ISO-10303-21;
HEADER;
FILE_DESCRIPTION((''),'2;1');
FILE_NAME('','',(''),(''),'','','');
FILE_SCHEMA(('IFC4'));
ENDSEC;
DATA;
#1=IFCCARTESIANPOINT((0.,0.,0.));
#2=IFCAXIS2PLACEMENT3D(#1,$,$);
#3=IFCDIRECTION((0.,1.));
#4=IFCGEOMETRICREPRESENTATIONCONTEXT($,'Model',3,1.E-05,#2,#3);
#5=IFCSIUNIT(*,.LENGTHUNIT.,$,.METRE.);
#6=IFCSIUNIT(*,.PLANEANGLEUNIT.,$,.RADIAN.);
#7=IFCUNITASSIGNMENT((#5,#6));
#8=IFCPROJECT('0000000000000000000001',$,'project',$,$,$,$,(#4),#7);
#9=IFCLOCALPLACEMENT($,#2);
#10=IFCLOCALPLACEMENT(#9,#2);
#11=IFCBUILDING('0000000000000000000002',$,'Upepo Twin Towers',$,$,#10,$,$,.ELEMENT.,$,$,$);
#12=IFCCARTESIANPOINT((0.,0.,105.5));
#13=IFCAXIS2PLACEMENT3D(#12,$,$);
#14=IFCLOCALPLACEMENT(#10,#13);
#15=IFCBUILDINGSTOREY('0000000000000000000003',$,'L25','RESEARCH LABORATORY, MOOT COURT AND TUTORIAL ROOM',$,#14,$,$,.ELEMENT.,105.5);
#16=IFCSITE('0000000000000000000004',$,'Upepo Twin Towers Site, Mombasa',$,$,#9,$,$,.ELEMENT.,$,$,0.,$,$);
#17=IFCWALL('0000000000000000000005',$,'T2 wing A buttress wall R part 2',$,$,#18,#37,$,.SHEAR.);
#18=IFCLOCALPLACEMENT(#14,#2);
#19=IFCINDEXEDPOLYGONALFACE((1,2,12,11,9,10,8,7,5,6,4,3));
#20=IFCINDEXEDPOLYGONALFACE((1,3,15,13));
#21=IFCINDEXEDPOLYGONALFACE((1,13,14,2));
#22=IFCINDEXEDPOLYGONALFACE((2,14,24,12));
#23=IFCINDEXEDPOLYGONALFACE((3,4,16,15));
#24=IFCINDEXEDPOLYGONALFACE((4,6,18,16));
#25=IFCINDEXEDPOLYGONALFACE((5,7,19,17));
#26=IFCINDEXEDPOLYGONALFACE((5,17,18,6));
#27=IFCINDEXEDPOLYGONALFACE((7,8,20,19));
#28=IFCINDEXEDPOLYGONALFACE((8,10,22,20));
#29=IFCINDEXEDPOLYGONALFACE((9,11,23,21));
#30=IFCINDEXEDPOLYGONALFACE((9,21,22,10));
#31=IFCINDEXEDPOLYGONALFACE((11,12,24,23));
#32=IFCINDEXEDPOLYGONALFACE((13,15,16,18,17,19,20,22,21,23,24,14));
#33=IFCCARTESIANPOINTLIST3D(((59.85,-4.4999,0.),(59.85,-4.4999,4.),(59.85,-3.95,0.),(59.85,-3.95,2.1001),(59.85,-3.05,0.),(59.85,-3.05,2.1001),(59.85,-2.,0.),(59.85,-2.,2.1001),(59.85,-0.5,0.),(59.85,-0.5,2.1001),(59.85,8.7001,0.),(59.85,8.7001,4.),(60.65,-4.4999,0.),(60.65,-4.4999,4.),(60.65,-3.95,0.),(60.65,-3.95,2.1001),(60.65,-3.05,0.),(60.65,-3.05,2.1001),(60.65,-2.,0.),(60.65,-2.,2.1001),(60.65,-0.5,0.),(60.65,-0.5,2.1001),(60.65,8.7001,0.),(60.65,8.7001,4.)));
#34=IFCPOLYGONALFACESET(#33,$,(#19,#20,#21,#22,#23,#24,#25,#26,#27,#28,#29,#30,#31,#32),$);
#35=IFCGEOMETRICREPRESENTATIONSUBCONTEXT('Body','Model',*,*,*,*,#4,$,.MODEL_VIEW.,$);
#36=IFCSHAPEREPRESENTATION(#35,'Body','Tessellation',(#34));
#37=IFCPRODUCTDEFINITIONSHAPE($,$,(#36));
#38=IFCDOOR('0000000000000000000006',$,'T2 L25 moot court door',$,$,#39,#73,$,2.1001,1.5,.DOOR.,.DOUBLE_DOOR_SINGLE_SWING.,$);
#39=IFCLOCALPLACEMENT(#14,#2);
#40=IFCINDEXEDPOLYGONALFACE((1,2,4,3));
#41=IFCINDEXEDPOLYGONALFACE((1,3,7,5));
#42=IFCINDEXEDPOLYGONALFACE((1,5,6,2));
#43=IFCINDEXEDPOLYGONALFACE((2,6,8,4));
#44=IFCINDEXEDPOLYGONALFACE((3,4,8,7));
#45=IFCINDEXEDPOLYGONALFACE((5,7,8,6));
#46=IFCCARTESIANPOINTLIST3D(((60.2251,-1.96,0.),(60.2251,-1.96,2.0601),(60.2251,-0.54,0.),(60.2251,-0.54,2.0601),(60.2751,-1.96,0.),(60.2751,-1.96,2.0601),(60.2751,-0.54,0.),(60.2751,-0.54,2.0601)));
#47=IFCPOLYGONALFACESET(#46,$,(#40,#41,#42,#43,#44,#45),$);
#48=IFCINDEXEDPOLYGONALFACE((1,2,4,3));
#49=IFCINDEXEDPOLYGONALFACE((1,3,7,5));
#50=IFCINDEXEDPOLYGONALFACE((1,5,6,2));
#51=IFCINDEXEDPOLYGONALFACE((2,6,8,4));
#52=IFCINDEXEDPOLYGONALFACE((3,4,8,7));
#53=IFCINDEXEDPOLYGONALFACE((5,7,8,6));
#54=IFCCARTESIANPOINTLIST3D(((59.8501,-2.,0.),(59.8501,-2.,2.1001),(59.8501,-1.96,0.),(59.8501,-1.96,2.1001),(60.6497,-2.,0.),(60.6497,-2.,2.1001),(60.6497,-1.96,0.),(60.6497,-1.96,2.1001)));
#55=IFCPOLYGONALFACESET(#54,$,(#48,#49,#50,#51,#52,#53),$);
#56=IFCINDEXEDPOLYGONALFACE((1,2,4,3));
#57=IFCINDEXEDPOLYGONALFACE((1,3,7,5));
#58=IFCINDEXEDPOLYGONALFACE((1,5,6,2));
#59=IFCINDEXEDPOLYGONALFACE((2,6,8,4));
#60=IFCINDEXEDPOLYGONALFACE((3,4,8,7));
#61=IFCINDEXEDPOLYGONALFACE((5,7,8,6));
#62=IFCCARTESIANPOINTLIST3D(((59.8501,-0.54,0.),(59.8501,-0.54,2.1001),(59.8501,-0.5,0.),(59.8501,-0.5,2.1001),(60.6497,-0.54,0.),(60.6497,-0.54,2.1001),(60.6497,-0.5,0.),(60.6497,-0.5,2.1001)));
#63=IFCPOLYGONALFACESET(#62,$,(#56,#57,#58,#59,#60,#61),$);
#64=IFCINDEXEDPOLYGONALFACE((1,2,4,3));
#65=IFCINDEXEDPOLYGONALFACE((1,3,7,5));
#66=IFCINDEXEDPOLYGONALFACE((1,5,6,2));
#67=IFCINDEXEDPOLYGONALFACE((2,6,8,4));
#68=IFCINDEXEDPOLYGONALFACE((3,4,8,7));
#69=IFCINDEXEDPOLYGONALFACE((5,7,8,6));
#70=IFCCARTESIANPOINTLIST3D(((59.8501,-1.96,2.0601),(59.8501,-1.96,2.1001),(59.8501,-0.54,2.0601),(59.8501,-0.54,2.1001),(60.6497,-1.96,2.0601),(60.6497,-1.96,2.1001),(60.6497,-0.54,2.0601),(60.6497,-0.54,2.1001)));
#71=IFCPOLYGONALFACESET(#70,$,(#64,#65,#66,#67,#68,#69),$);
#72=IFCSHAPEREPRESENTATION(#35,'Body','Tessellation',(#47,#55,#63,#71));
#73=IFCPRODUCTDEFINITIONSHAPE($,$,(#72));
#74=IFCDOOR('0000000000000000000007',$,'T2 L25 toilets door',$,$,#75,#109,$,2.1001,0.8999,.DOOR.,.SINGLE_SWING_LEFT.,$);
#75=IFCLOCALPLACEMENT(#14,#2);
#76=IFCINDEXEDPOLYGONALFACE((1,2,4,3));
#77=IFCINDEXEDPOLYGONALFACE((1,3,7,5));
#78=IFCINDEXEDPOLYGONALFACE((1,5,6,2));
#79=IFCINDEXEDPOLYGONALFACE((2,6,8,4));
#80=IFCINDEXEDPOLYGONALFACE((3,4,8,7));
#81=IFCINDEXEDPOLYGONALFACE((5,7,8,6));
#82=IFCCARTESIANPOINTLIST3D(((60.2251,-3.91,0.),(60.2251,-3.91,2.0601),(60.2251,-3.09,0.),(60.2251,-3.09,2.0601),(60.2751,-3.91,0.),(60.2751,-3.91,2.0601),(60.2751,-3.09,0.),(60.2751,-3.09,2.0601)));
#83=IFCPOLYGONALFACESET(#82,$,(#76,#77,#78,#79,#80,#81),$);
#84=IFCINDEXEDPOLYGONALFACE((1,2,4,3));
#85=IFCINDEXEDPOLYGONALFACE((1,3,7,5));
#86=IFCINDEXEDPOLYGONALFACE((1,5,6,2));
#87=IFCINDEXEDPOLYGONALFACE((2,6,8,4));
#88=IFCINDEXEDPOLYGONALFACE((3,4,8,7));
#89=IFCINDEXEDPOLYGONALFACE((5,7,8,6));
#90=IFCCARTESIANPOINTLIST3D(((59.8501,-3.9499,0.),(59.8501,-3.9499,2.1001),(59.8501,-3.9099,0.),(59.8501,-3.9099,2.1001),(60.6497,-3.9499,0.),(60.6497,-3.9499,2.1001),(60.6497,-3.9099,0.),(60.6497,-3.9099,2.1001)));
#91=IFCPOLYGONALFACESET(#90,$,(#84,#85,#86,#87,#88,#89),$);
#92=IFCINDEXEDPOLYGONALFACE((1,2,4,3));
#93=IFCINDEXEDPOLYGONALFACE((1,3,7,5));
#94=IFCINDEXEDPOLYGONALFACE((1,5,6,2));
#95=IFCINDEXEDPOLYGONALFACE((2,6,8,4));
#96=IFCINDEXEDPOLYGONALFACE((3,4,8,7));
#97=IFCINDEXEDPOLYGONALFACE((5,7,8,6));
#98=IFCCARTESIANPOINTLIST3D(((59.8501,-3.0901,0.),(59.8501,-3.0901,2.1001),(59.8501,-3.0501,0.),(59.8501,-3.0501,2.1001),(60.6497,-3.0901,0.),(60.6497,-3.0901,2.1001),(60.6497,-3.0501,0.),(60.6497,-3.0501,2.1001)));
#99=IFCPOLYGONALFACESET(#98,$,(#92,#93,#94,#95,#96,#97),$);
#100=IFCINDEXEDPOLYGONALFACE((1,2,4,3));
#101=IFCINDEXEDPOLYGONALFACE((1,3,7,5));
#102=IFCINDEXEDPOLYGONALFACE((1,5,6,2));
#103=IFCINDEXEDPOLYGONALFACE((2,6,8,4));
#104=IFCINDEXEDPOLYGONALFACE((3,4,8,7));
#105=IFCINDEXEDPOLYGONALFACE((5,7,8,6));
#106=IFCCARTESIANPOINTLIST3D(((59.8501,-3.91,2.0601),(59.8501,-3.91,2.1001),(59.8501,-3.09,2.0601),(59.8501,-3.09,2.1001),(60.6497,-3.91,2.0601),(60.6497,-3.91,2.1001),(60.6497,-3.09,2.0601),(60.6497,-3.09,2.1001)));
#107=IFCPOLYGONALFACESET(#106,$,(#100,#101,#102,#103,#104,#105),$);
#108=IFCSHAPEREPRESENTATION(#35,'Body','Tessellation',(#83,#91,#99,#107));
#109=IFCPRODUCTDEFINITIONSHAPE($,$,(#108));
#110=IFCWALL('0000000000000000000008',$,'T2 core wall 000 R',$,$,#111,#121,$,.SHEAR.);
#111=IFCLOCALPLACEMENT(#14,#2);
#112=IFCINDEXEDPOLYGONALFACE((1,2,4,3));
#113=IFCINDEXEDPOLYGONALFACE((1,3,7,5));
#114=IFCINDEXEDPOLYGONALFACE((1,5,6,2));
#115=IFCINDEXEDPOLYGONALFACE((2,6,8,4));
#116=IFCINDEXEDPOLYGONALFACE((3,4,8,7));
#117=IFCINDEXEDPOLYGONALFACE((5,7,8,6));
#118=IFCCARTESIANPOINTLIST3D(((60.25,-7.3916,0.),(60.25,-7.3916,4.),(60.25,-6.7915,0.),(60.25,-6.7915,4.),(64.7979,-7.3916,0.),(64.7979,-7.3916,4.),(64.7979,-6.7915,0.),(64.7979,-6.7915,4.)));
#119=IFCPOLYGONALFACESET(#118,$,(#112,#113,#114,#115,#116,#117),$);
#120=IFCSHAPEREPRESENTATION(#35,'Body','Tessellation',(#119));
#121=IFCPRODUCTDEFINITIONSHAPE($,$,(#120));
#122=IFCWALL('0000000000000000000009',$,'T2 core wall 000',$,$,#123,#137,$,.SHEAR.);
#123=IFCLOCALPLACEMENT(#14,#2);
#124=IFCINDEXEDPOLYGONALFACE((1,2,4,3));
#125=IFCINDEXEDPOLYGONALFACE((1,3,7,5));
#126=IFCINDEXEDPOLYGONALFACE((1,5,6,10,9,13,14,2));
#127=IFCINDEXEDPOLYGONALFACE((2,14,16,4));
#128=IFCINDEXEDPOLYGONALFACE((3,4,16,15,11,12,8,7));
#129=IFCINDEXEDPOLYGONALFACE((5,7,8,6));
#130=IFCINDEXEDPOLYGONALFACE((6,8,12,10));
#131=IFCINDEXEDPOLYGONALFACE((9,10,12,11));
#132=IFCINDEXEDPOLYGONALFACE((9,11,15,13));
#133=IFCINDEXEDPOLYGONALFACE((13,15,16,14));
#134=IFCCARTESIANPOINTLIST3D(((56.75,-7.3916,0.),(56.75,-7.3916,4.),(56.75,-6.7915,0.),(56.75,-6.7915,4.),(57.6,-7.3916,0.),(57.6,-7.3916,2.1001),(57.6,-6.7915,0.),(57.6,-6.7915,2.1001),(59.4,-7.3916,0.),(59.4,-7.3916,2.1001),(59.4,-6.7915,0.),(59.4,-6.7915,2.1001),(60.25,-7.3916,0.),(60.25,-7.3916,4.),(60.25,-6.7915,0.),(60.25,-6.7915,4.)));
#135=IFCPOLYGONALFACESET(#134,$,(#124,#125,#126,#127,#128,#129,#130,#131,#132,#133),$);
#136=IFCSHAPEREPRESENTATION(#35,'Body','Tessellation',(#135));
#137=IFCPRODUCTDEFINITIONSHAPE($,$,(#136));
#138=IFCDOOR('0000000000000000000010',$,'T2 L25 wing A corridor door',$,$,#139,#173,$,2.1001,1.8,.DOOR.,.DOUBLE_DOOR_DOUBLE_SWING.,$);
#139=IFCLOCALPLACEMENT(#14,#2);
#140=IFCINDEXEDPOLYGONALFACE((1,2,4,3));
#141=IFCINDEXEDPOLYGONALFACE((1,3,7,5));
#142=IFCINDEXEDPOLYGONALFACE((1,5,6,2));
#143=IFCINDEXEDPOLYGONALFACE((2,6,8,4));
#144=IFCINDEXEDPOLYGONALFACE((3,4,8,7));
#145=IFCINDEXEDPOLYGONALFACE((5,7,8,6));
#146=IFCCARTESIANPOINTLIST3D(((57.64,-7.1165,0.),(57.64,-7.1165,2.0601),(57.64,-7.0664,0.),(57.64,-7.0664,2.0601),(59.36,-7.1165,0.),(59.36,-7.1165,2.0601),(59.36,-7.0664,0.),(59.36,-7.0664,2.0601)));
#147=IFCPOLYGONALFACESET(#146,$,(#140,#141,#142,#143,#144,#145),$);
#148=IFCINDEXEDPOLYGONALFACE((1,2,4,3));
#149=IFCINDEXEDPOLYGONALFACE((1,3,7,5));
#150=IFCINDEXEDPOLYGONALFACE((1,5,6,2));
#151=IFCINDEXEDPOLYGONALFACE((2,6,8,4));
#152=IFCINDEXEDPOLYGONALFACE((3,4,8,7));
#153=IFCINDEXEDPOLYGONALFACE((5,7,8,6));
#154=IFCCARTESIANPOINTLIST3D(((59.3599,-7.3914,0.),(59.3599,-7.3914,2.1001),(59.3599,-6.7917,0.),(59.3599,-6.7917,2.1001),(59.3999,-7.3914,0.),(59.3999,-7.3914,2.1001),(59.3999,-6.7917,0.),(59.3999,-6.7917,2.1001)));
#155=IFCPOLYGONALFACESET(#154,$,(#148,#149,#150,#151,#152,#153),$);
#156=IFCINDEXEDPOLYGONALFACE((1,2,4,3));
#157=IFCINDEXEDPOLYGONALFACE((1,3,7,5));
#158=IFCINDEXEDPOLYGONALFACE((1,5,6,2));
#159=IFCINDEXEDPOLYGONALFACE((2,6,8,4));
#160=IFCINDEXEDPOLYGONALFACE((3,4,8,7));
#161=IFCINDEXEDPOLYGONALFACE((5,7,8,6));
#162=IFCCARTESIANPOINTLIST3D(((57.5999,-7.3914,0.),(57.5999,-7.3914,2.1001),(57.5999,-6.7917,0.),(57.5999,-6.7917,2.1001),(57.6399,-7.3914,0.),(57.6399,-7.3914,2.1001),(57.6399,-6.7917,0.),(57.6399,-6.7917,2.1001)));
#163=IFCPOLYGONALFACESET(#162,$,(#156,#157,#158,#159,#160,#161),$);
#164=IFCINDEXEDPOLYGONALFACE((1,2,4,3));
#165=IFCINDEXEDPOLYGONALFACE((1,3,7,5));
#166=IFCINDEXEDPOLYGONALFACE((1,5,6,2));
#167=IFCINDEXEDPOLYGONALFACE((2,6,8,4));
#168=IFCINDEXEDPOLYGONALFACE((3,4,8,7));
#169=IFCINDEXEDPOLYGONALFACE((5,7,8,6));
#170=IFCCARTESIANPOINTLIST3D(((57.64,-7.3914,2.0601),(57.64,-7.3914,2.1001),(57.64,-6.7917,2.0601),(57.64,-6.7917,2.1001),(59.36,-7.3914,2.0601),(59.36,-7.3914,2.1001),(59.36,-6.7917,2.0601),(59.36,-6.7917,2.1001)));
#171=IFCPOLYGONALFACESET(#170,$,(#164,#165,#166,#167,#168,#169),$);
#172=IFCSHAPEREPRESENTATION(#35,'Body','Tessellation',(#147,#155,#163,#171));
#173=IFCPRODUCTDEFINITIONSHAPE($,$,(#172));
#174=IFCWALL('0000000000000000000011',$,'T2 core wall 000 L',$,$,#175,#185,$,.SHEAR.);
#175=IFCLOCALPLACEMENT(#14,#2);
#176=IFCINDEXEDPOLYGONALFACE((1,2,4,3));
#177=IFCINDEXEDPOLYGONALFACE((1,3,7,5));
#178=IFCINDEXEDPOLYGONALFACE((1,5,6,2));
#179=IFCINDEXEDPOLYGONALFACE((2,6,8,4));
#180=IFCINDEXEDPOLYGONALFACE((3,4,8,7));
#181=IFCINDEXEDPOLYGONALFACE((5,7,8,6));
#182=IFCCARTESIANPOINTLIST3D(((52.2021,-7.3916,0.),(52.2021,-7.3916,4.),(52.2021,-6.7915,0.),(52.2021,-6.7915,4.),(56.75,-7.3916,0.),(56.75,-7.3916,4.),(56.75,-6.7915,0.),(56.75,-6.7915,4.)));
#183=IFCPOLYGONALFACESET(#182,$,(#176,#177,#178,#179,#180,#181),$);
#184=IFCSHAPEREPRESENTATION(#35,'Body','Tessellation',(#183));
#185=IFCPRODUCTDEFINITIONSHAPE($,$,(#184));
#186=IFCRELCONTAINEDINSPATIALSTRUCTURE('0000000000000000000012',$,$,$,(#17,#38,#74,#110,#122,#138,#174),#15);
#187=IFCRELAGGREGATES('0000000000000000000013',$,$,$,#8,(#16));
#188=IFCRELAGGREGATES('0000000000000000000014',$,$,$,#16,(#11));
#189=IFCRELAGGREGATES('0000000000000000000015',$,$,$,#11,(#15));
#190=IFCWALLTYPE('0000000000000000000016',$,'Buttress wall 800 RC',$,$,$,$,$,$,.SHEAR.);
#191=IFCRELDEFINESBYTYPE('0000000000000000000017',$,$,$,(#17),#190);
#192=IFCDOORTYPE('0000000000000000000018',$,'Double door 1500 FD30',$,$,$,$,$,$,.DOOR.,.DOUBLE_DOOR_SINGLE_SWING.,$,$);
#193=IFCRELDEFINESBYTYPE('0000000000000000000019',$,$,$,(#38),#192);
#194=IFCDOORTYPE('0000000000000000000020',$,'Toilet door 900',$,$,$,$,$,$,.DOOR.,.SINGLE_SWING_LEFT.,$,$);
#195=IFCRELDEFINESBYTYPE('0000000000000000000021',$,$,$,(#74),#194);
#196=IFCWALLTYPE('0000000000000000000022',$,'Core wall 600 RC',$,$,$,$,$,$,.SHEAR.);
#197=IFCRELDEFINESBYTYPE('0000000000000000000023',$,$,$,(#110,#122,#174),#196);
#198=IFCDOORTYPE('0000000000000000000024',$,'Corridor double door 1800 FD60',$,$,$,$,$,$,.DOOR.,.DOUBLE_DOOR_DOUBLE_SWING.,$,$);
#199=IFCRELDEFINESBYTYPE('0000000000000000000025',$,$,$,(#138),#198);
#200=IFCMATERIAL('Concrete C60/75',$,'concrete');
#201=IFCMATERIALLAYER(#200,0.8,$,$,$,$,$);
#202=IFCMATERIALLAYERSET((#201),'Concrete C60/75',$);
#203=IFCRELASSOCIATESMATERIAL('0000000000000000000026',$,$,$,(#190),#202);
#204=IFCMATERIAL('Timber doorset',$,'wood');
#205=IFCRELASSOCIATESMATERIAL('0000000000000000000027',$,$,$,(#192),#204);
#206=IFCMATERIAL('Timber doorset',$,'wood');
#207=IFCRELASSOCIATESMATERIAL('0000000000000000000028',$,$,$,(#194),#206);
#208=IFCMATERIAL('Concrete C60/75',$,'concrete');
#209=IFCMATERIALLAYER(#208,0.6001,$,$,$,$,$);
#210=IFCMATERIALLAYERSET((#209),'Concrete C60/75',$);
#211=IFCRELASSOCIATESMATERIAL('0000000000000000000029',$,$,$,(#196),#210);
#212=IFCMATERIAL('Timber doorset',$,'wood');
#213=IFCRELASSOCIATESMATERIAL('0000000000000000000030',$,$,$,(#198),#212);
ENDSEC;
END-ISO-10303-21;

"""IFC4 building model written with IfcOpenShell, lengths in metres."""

from ifc_helpers import new_model, si_unit, direction, frame, frame_2d, origin, place, context, subcontext, project, spatial, rectangle, extrude, material, layer, layer_set, type_object, element, fill, save


model = new_model("IFC4")

# Units and contexts
model_context = context("Model", 3, precision=1e-05, world=origin(), true_north=direction((0.0, 1.0)))
body_context = subcontext(model_context, "Body", "Model", "MODEL_VIEW")
ifc_project = project(units=[si_unit("LENGTHUNIT", "METRE"), si_unit("PLANEANGLEUNIT", "RADIAN")], contexts=[model_context])

# Site, building, storey
site_placement = place(None, origin())
site = spatial("IfcSite", under=ifc_project, at=site_placement, Name="Upepo Twin Towers Site, Mombasa", CompositionType="ELEMENT", RefElevation=0.0)
building_placement = place(site_placement, origin())
building = spatial("IfcBuilding", under=site, at=building_placement, Name="Upepo Twin Towers", CompositionType="ELEMENT")
storey_placement = place(building_placement, frame((0.0, 0.0, 105.5)))
storey = spatial("IfcBuildingStorey", under=building, at=storey_placement, Name="L25", Description="RESEARCH LABORATORY, MOOT COURT AND TUTORIAL ROOM", CompositionType="ELEMENT", Elevation=105.5)

# Wall, openings, doors
ifc_material_1 = material(Name="Concrete C60/75", Category="concrete")
ifc_layer_1 = layer(ifc_material_1, 0.8)
ifc_layer_set_1 = layer_set([ifc_layer_1], Name="Concrete C60/75")
wall_type_1 = type_object("IfcWallType", Name="Buttress wall 800 RC", PredefinedType="SHEAR", material=ifc_layer_set_1)
ifc_material_2 = material(Name="Timber doorset", Category="wood")
door_type_1 = type_object("IfcDoorType", Name="Double door 1500 FD30", OperationType="DOUBLE_DOOR_SINGLE_SWING", PredefinedType="DOOR", material=ifc_material_2)
ifc_material_3 = material(Name="Timber doorset", Category="wood")
door_type_2 = type_object("IfcDoorType", Name="Toilet door 900", OperationType="SINGLE_SWING_LEFT", PredefinedType="DOOR", material=ifc_material_3)
wall_1_placement = place(storey_placement, frame((60.25, -4.5, 0.0), z_axis=(0.0, 0.0, 1.0), x_axis=(0.0, 1.0, 0.0)))
wall_1 = element("IfcWall", 1, at=wall_1_placement, inside=storey, type_object=wall_type_1, Name="T2 wing A buttress wall R part 2", PredefinedType="SHEAR", context=body_context, shape_type="SweptSolid", body=[
    extrude(rectangle(XDim=13.2, YDim=0.8, at=frame_2d((6.6001, 0.0))), origin(), (0.0, 0.0, 1.0), 4.0),
])
opening_1_placement = place(wall_1_placement, frame((0.55, 0.0, 0.0)))
opening_1 = element("IfcOpeningElement", 2, at=opening_1_placement, cuts=wall_1, PredefinedType="OPENING", context=body_context, shape_type="SweptSolid", body=[
    extrude(rectangle(XDim=0.8999, YDim=2.1001, at=frame_2d((0.45, 1.05))), frame((0.0, 0.4099, 0.0), z_axis=(0.0, -1.0, 0.0), x_axis=(1.0, 0.0, 0.0)), (0.0, 0.0, 1.0), 0.8201),
])
opening_2_placement = place(wall_1_placement, frame((2.5, 0.0, 0.0)))
opening_2 = element("IfcOpeningElement", 3, at=opening_2_placement, cuts=wall_1, PredefinedType="OPENING", context=body_context, shape_type="SweptSolid", body=[
    extrude(rectangle(XDim=1.5, YDim=2.1001, at=frame_2d((0.75, 1.05))), frame((0.0, 0.4099, 0.0), z_axis=(0.0, -1.0, 0.0), x_axis=(1.0, 0.0, 0.0)), (0.0, 0.0, 1.0), 0.8201),
])
door_1_placement = place(opening_2_placement, origin())
door_1 = element("IfcDoor", 4, at=door_1_placement, inside=storey, type_object=door_type_1, Name="T2 L25 moot court door", OperationType="DOUBLE_DOOR_SINGLE_SWING", OverallHeight=2.1001, OverallWidth=1.5, PredefinedType="DOOR", context=body_context, shape_type="SweptSolid", body=[
    extrude(rectangle(XDim=1.42, YDim=2.0601, at=frame_2d((0.75, 1.03))), frame((0.0, 0.0249, 0.0), z_axis=(0.0, -1.0, 0.0), x_axis=(1.0, 0.0, 0.0)), (0.0, 0.0, 1.0), 0.05),
    extrude(rectangle(XDim=0.04, YDim=2.1001, at=frame_2d((0.02, 1.05))), frame((0.0, 0.3999, 0.0), z_axis=(0.0, -1.0, 0.0), x_axis=(1.0, 0.0, 0.0)), (0.0, 0.0, 1.0), 0.7996),
    extrude(rectangle(XDim=0.04, YDim=2.1001, at=frame_2d((1.48, 1.05))), frame((0.0, 0.3999, 0.0), z_axis=(0.0, -1.0, 0.0), x_axis=(1.0, 0.0, 0.0)), (0.0, 0.0, 1.0), 0.7996),
    extrude(rectangle(XDim=1.42, YDim=0.04, at=frame_2d((0.75, 2.0801))), frame((0.0, 0.3999, 0.0), z_axis=(0.0, -1.0, 0.0), x_axis=(1.0, 0.0, 0.0)), (0.0, 0.0, 1.0), 0.7996),
])
fill(opening_2, door_1)
door_2_placement = place(opening_1_placement, origin())
door_2 = element("IfcDoor", 5, at=door_2_placement, inside=storey, type_object=door_type_2, Name="T2 L25 toilets door", OperationType="SINGLE_SWING_LEFT", OverallHeight=2.1001, OverallWidth=0.8999, PredefinedType="DOOR", context=body_context, shape_type="SweptSolid", body=[
    extrude(rectangle(XDim=0.8199, YDim=2.0601, at=frame_2d((0.45, 1.03))), frame((0.0, 0.0249, 0.0), z_axis=(0.0, -1.0, 0.0), x_axis=(1.0, 0.0, 0.0)), (0.0, 0.0, 1.0), 0.05),
    extrude(rectangle(XDim=0.04, YDim=2.1001, at=frame_2d((0.02, 1.05))), frame((0.0, 0.3999, 0.0), z_axis=(0.0, -1.0, 0.0), x_axis=(1.0, 0.0, 0.0)), (0.0, 0.0, 1.0), 0.7996),
    extrude(rectangle(XDim=0.04, YDim=2.1001, at=frame_2d((0.8799, 1.05))), frame((0.0, 0.3999, 0.0), z_axis=(0.0, -1.0, 0.0), x_axis=(1.0, 0.0, 0.0)), (0.0, 0.0, 1.0), 0.7996),
    extrude(rectangle(XDim=0.8199, YDim=0.04, at=frame_2d((0.45, 2.0801))), frame((0.0, 0.3999, 0.0), z_axis=(0.0, -1.0, 0.0), x_axis=(1.0, 0.0, 0.0)), (0.0, 0.0, 1.0), 0.7996),
])
fill(opening_1, door_2)

# Wall
ifc_material_4 = material(Name="Concrete C60/75", Category="concrete")
ifc_layer_2 = layer(ifc_material_4, 0.6001)
ifc_layer_set_2 = layer_set([ifc_layer_2], Name="Concrete C60/75")
wall_type_2 = type_object("IfcWallType", Name="Core wall 600 RC", PredefinedType="SHEAR", material=ifc_layer_set_2)
wall_2_placement = place(storey_placement, frame((64.7979, -7.0916, 0.0), z_axis=(0.0, 0.0, 1.0), x_axis=(-1.0, 0.0, 0.0)))
element("IfcWall", 6, at=wall_2_placement, inside=storey, type_object=wall_type_2, Name="T2 core wall 000 R", PredefinedType="SHEAR", context=body_context, shape_type="SweptSolid", body=[
    extrude(rectangle(XDim=4.5479, YDim=0.6001, at=frame_2d((2.2739, 0.0))), origin(), (0.0, 0.0, 1.0), 4.0),
])

# Wall, opening, door
wall_3_placement = place(storey_placement, frame((60.25, -7.0916, 0.0), z_axis=(0.0, 0.0, 1.0), x_axis=(-1.0, 0.0, 0.0)))
wall_3 = element("IfcWall", 7, at=wall_3_placement, inside=storey, type_object=wall_type_2, Name="T2 core wall 000", PredefinedType="SHEAR", context=body_context, shape_type="SweptSolid", body=[
    extrude(rectangle(XDim=3.5, YDim=0.6001, at=frame_2d((1.75, 0.0))), origin(), (0.0, 0.0, 1.0), 4.0),
])
opening_3_placement = place(wall_3_placement, frame((0.8501, 0.0, 0.0)))
opening_3 = element("IfcOpeningElement", 8, at=opening_3_placement, cuts=wall_3, PredefinedType="OPENING", context=body_context, shape_type="SweptSolid", body=[
    extrude(rectangle(XDim=1.8, YDim=2.1001, at=frame_2d((0.8999, 1.05))), frame((0.0, 0.3101, 0.0), z_axis=(0.0, -1.0, 0.0), x_axis=(1.0, 0.0, 0.0)), (0.0, 0.0, 1.0), 0.6201),
])
ifc_material_5 = material(Name="Timber doorset", Category="wood")
door_type_3 = type_object("IfcDoorType", Name="Corridor double door 1800 FD60", OperationType="DOUBLE_DOOR_DOUBLE_SWING", PredefinedType="DOOR", material=ifc_material_5)
door_3_placement = place(opening_3_placement, origin())
door_3 = element("IfcDoor", 9, at=door_3_placement, inside=storey, type_object=door_type_3, Name="T2 L25 wing A corridor door", OperationType="DOUBLE_DOOR_DOUBLE_SWING", OverallHeight=2.1001, OverallWidth=1.8, PredefinedType="DOOR", context=body_context, shape_type="SweptSolid", body=[
    extrude(rectangle(XDim=1.72, YDim=2.0601, at=frame_2d((0.8999, 1.03))), frame((0.0, 0.0249, 0.0), z_axis=(0.0, -1.0, 0.0), x_axis=(1.0, 0.0, 0.0)), (0.0, 0.0, 1.0), 0.05),
    extrude(rectangle(XDim=0.04, YDim=2.1001, at=frame_2d((0.02, 1.05))), frame((0.0, 0.2998, 0.0), z_axis=(0.0, -1.0, 0.0), x_axis=(1.0, 0.0, 0.0)), (0.0, 0.0, 1.0), 0.5996),
    extrude(rectangle(XDim=0.04, YDim=2.1001, at=frame_2d((1.78, 1.05))), frame((0.0, 0.2998, 0.0), z_axis=(0.0, -1.0, 0.0), x_axis=(1.0, 0.0, 0.0)), (0.0, 0.0, 1.0), 0.5996),
    extrude(rectangle(XDim=1.72, YDim=0.04, at=frame_2d((0.8999, 2.0801))), frame((0.0, 0.2998, 0.0), z_axis=(0.0, -1.0, 0.0), x_axis=(1.0, 0.0, 0.0)), (0.0, 0.0, 1.0), 0.5996),
])
fill(opening_3, door_3)

# Wall
wall_4_placement = place(storey_placement, frame((56.75, -7.0916, 0.0), z_axis=(0.0, 0.0, 1.0), x_axis=(-1.0, 0.0, 0.0)))
element("IfcWall", 10, at=wall_4_placement, inside=storey, type_object=wall_type_2, Name="T2 core wall 000 L", PredefinedType="SHEAR", context=body_context, shape_type="SweptSolid", body=[
    extrude(rectangle(XDim=4.5479, YDim=0.6001, at=frame_2d((2.2739, 0.0))), origin(), (0.0, 0.0, 1.0), 4.0),
])

save(model, "model.ifc")
